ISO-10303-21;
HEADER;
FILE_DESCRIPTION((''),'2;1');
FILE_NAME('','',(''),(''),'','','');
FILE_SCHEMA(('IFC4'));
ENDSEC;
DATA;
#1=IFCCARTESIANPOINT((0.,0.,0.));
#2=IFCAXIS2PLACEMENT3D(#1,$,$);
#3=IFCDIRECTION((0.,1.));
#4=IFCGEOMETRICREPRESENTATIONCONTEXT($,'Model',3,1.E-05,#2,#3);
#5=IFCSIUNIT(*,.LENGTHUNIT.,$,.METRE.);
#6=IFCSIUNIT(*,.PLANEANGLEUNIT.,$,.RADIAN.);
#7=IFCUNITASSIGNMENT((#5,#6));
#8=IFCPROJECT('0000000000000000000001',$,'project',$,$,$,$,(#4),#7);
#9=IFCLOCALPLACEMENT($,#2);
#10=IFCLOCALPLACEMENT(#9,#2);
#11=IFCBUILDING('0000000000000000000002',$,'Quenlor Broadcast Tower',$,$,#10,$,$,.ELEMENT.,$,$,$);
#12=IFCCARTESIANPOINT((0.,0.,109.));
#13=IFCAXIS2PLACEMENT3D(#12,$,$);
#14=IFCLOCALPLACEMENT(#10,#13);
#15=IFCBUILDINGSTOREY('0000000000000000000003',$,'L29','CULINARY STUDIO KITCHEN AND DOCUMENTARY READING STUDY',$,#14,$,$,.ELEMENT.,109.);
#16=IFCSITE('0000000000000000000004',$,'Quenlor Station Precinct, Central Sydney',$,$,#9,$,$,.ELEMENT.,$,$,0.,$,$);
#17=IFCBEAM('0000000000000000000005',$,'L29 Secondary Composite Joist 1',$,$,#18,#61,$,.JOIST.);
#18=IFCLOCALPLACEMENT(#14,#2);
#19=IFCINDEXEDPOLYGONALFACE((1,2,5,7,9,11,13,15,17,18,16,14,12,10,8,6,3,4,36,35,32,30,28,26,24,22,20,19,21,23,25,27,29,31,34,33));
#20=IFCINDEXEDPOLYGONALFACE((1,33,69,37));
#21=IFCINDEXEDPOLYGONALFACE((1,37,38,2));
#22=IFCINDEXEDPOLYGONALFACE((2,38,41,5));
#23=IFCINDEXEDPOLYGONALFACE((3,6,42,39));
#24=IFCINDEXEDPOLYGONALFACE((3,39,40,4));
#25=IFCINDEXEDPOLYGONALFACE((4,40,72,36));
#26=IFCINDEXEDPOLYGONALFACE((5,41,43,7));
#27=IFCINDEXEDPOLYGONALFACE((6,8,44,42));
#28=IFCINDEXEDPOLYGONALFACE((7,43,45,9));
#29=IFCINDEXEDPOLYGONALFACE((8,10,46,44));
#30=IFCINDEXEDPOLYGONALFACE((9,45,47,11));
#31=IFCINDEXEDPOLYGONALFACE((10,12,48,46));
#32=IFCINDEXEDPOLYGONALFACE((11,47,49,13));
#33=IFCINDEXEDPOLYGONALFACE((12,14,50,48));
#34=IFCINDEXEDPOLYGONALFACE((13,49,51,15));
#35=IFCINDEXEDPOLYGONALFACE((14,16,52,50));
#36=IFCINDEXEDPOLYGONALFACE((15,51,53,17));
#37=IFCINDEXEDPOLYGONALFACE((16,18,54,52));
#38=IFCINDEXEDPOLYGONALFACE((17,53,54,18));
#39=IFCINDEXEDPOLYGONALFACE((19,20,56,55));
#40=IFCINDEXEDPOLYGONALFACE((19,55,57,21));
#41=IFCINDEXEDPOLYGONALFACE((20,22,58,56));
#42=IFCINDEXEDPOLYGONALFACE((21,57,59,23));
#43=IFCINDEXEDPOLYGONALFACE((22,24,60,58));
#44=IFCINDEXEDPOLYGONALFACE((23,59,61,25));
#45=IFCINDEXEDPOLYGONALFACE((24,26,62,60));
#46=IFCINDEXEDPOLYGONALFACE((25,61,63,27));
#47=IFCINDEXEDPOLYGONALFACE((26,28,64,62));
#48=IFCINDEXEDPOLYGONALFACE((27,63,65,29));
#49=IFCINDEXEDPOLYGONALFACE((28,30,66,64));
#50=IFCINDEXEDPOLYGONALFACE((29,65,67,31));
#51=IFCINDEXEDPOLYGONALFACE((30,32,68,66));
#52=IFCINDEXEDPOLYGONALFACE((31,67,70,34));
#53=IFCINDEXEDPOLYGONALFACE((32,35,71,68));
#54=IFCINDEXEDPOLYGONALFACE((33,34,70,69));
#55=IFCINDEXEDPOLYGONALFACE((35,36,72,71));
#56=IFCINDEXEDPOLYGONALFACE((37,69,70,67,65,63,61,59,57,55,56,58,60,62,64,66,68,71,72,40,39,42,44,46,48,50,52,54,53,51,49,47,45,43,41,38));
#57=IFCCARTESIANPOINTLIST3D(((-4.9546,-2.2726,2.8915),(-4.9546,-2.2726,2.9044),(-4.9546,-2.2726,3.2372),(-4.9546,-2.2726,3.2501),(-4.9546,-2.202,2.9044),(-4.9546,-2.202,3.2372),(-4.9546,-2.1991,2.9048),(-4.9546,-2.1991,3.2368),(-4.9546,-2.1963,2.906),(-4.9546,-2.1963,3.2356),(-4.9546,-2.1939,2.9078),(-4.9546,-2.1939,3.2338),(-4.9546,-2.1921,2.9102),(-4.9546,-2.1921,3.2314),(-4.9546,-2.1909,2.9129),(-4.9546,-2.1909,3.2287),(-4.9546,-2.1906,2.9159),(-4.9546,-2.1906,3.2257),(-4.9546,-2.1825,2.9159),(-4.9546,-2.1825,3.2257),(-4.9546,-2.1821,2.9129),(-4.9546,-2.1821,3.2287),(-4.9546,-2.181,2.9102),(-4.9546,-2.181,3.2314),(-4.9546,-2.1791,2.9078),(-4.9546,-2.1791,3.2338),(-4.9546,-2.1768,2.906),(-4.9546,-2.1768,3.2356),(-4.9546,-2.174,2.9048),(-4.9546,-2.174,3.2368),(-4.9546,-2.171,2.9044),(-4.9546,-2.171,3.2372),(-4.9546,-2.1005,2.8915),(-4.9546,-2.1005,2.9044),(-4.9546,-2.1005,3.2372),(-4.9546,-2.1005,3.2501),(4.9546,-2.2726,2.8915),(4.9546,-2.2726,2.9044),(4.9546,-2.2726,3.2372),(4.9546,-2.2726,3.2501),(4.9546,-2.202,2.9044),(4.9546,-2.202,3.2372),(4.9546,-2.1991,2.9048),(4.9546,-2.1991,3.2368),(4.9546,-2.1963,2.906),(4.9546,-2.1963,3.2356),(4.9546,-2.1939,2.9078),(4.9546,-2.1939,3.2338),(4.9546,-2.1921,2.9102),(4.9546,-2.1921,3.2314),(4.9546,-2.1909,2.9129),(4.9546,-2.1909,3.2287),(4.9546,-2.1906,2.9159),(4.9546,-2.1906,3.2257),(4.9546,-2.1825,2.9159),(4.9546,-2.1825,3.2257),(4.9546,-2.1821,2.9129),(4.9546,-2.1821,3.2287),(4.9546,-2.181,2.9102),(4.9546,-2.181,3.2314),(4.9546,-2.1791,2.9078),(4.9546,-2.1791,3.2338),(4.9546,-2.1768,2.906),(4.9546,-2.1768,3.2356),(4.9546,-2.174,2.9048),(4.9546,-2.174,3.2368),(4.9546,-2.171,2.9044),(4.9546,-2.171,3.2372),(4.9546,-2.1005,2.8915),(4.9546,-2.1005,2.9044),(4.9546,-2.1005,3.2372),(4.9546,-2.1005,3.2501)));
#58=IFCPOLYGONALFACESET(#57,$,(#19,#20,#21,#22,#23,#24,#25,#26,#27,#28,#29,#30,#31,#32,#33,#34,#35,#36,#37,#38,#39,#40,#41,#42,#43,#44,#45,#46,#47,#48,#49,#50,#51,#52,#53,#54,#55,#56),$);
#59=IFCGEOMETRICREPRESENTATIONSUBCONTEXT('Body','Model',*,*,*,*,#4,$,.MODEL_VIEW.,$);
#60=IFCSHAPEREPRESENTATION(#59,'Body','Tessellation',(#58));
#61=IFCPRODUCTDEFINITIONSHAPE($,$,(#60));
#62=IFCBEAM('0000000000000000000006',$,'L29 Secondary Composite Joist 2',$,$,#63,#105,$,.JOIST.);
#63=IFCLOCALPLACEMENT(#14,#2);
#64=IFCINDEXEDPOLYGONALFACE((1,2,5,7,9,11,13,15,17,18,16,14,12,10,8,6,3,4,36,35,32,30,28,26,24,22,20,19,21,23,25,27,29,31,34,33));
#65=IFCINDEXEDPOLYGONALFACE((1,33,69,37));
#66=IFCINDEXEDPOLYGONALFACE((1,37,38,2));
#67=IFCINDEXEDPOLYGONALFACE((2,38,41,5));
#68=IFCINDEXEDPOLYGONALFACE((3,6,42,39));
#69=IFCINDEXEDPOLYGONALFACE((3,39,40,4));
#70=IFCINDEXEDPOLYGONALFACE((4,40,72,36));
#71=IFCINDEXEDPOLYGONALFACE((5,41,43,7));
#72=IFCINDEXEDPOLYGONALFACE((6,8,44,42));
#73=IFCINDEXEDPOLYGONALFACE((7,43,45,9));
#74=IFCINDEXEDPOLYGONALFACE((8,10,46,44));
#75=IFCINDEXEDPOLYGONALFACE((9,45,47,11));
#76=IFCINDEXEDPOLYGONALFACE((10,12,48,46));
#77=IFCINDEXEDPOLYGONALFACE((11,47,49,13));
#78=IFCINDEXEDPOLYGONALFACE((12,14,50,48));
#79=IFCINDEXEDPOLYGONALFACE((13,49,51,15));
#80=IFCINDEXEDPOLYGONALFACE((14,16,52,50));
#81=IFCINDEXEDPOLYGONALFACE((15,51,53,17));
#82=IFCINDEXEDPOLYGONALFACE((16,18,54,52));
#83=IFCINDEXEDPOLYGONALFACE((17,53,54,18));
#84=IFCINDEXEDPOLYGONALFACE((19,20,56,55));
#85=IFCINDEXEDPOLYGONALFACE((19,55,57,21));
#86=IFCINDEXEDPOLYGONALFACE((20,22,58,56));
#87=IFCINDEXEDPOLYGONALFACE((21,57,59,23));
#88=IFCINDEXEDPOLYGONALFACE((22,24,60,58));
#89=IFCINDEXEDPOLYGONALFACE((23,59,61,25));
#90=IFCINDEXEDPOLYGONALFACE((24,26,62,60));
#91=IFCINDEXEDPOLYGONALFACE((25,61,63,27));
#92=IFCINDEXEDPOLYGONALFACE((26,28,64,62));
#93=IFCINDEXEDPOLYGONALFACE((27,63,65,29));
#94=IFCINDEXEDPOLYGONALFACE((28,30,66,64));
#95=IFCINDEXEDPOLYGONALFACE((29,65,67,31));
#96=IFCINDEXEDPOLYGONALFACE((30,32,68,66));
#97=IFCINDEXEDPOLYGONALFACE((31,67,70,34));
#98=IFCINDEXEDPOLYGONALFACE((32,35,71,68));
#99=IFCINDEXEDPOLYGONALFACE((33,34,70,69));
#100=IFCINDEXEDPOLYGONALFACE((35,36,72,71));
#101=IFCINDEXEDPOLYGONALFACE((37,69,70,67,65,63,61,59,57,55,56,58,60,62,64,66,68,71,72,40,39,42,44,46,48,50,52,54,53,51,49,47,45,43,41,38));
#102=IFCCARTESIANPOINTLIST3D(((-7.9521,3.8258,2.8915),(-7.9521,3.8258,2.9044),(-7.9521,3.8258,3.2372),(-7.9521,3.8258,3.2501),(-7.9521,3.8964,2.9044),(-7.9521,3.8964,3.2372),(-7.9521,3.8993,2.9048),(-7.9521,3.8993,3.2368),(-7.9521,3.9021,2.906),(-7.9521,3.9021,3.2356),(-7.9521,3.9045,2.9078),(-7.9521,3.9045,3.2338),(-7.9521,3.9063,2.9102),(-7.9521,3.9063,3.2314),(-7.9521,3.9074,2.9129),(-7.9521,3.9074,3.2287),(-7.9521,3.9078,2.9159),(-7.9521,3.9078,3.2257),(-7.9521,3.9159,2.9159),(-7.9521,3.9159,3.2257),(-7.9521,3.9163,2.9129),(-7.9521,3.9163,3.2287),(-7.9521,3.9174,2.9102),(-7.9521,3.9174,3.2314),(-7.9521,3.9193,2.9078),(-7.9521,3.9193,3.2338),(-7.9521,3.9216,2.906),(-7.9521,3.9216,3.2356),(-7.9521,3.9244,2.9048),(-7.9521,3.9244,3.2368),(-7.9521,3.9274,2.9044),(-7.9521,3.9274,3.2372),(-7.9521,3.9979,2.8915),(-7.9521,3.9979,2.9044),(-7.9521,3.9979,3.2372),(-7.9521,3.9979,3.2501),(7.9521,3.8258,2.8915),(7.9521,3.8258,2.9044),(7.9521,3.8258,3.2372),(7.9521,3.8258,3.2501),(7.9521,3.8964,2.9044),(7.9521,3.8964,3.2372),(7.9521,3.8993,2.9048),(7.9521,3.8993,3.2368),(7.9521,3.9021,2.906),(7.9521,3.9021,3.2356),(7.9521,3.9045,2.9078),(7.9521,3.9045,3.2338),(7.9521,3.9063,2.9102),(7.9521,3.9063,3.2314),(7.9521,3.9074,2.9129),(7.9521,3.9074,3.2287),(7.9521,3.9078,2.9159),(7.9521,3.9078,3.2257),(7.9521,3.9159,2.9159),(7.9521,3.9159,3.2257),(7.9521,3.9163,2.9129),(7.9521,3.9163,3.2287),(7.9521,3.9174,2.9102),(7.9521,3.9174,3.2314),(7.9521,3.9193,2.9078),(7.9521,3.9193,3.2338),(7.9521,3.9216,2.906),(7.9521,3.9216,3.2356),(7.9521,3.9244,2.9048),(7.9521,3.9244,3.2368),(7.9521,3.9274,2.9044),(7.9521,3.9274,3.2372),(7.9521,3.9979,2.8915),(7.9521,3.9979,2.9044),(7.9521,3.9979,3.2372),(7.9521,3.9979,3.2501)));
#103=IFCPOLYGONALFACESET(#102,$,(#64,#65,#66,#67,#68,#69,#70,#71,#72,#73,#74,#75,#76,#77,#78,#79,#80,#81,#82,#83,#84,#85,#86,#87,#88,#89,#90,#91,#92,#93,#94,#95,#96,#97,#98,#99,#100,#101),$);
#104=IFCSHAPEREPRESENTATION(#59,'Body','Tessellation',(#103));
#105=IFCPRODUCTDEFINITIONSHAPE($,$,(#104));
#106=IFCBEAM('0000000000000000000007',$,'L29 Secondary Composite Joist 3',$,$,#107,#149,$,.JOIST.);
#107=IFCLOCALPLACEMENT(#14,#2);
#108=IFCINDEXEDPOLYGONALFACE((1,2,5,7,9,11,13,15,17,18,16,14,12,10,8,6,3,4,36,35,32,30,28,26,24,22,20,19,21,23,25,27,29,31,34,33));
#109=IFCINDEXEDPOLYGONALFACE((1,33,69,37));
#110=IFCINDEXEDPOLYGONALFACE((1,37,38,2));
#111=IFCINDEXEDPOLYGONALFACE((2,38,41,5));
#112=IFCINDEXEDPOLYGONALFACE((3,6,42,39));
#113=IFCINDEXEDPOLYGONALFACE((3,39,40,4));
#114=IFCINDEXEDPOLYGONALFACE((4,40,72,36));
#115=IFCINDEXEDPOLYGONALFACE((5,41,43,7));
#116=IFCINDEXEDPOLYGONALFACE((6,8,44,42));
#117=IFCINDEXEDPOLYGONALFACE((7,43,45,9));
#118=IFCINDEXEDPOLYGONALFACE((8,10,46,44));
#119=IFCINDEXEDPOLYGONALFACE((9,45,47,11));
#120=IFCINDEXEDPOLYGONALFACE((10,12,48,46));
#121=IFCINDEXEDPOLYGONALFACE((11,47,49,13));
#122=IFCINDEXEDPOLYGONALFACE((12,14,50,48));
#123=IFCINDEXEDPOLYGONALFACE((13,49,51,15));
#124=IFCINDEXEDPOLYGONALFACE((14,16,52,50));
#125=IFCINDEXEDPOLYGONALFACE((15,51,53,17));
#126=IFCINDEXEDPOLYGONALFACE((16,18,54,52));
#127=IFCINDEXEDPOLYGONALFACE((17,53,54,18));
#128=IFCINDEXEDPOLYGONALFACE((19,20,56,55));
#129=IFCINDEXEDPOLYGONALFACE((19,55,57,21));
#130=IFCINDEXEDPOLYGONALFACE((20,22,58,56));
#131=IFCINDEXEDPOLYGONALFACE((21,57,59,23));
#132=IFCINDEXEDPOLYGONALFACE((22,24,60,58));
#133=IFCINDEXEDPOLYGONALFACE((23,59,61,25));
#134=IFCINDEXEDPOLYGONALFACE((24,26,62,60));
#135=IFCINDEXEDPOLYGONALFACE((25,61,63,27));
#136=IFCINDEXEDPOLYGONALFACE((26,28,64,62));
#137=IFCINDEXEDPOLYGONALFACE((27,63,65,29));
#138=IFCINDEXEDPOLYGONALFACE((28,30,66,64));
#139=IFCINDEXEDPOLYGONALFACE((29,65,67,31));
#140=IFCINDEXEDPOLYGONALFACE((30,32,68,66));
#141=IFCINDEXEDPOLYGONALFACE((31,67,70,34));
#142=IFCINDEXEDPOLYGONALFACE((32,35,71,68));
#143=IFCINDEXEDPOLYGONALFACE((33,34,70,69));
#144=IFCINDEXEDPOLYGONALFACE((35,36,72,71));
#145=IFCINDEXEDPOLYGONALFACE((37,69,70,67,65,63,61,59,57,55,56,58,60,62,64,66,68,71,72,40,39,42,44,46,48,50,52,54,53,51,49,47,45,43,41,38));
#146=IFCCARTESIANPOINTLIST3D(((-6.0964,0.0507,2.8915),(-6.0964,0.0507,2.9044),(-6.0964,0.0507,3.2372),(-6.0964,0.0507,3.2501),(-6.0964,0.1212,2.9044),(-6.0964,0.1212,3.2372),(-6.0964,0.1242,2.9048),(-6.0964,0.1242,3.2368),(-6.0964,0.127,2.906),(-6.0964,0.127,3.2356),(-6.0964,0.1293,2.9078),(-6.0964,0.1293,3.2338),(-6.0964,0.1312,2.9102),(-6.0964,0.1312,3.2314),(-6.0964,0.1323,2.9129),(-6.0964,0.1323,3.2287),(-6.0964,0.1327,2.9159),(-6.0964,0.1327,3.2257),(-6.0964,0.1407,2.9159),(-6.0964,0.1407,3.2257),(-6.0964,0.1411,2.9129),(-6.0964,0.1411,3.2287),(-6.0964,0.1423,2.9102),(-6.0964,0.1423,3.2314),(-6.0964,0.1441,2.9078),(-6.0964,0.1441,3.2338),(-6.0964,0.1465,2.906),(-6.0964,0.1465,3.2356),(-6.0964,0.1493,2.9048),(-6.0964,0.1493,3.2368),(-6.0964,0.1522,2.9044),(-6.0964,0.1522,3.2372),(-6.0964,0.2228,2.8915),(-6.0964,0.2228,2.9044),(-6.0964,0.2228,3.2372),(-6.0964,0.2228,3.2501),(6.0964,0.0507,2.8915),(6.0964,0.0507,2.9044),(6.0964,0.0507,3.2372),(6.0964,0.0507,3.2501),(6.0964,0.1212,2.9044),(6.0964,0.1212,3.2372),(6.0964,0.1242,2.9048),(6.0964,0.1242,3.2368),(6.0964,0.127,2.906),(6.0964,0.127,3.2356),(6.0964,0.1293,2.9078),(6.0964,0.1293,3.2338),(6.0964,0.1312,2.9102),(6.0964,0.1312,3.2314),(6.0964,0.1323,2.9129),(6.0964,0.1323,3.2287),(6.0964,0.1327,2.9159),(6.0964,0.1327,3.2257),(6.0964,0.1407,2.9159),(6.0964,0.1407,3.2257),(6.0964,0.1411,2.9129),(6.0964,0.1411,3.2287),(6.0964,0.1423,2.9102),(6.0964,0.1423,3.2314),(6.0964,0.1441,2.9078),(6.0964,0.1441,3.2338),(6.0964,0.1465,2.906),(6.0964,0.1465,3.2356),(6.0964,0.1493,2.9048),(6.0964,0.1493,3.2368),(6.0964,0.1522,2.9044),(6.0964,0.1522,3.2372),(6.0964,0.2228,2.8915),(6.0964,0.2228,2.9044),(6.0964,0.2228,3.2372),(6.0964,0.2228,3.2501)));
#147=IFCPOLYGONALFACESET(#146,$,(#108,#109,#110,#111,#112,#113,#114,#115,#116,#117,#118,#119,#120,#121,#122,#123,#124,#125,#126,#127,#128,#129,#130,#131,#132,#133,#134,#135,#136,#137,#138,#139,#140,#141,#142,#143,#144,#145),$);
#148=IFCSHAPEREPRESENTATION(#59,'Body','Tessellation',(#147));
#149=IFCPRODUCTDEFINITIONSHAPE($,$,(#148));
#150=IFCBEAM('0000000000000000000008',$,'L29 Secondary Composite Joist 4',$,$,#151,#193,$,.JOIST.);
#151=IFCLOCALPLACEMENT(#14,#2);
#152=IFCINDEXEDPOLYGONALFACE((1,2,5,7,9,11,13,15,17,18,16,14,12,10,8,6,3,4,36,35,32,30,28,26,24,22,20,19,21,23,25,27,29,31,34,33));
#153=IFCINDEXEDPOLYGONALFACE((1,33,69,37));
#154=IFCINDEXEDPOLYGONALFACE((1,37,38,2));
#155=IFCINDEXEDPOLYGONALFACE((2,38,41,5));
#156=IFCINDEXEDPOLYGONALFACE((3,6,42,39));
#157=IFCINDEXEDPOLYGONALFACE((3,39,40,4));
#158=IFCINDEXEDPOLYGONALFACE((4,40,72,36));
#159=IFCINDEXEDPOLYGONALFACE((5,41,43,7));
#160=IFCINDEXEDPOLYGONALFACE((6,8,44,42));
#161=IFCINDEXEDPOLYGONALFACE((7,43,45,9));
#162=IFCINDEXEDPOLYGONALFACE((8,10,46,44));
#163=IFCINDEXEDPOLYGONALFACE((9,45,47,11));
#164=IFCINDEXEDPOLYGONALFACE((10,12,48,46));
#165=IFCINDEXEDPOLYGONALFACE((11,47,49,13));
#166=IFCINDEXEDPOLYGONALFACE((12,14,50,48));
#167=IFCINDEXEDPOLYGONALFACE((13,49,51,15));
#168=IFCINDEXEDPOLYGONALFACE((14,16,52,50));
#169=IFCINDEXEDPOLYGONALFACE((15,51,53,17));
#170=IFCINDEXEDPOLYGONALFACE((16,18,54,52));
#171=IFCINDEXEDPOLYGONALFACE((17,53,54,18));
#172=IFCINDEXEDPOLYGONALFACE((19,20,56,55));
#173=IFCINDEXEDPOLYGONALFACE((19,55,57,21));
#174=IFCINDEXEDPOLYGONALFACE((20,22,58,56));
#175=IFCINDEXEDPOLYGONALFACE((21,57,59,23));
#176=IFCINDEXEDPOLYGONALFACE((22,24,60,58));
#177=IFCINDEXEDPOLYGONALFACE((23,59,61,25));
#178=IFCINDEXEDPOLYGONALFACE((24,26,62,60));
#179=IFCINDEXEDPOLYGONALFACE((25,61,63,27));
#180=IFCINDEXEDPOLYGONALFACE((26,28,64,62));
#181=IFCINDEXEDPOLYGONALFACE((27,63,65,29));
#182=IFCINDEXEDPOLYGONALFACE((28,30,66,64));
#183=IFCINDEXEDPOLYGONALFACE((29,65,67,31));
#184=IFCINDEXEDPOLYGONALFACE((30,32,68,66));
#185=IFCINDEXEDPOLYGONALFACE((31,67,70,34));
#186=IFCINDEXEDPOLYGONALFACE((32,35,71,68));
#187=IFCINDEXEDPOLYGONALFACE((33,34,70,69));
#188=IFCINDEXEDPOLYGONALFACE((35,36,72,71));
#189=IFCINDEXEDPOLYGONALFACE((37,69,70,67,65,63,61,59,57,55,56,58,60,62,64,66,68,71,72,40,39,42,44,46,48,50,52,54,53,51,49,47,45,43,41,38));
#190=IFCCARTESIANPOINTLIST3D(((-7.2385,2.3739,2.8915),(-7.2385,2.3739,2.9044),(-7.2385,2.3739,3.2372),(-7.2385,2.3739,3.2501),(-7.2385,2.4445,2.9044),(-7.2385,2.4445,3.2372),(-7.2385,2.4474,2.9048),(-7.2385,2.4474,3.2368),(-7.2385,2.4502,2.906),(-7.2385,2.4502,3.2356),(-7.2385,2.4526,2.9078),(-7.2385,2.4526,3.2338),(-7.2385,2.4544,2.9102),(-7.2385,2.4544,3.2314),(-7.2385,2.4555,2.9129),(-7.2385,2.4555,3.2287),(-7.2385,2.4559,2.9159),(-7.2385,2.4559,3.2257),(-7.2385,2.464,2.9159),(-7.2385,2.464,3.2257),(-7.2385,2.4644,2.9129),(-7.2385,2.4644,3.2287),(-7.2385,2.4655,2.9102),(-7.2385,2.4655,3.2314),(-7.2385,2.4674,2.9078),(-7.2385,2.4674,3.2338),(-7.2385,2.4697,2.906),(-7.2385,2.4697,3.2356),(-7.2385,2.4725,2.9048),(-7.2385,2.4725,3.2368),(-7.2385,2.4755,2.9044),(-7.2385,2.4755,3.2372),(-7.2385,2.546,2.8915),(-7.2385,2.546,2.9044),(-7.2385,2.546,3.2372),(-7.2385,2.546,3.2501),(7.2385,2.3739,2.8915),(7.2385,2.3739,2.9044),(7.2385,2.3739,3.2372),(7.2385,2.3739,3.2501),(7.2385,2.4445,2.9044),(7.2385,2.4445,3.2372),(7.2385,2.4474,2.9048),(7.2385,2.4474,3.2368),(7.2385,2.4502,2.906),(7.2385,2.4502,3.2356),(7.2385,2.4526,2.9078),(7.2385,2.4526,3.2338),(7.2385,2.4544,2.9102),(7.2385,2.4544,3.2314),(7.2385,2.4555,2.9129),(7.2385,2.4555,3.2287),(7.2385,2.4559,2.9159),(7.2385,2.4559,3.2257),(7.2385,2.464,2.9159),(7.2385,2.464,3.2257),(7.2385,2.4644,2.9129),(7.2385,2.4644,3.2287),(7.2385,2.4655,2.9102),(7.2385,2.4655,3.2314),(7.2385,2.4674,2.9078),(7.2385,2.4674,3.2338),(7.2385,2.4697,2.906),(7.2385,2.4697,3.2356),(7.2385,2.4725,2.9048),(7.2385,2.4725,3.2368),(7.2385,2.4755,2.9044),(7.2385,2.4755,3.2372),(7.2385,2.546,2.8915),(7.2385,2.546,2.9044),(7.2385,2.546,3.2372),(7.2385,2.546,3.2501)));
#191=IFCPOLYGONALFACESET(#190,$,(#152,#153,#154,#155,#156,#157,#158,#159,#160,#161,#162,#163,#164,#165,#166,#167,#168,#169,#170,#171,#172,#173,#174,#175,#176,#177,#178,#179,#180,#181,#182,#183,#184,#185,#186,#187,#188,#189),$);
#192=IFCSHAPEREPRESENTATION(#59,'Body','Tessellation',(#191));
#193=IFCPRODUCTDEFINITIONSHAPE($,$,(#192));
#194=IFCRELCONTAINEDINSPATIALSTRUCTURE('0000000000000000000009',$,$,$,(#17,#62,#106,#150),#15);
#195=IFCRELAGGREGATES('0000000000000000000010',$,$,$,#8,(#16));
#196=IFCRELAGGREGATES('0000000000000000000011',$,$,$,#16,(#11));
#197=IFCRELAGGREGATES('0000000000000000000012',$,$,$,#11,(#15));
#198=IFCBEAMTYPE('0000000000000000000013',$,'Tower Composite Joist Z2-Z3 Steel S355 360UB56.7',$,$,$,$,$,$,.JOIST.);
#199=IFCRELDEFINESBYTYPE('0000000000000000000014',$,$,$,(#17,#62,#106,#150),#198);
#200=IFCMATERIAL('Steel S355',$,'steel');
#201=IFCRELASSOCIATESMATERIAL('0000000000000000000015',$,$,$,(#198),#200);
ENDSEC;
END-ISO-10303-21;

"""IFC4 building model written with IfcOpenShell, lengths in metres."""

from ifc_helpers import new_model, si_unit, direction, frame, origin, origin_2d, place, context, subcontext, project, spatial, i_section, extrude, material, material_profile, profile_set, type_object, element, save


model = new_model("IFC4")

# Units and contexts
model_context = context("Model", 3, precision=1e-05, world=origin(), true_north=direction((0.0, 1.0)))
body_context = subcontext(model_context, "Body", "Model", "MODEL_VIEW")
ifc_project = project(units=[si_unit("LENGTHUNIT", "METRE"), si_unit("PLANEANGLEUNIT", "RADIAN")], contexts=[model_context])

# Site, building, storey
site_placement = place(None, origin())
site = spatial("IfcSite", under=ifc_project, at=site_placement, Name="Quenlor Station Precinct, Central Sydney", CompositionType="ELEMENT", RefElevation=0.0)
building_placement = place(site_placement, origin())
building = spatial("IfcBuilding", under=site, at=building_placement, Name="Quenlor Broadcast Tower", CompositionType="ELEMENT")
storey_placement = place(building_placement, frame((0.0, 0.0, 109.0)))
storey = spatial("IfcBuildingStorey", under=building, at=storey_placement, Name="L29", Description="CULINARY STUDIO KITCHEN AND DOCUMENTARY READING STUDY", CompositionType="ELEMENT", Elevation=109.0)

# Beams
ifc_material_1 = material(Name="Steel S355", Category="steel")
ifc_material_profile_1 = material_profile(ifc_material_1, i_section(OverallWidth=0.1721, OverallDepth=0.3586, WebThickness=0.0081, FlangeThickness=0.0129, FilletRadius=0.0115, at=origin_2d()))
ifc_profile_set_1 = profile_set([ifc_material_profile_1], Name="Steel S355 360UB56.7")
beam_type_1 = type_object("IfcBeamType", Name="Tower Composite Joist Z2-Z3 Steel S355 360UB56.7", PredefinedType="JOIST", material=ifc_profile_set_1)
beam_1_placement = place(storey_placement, frame((-4.9546, -2.1865, 3.0708), z_axis=(1.0, 0.0, 0.0), x_axis=(0.0, 1.0, 0.0)))
element("IfcBeam", 1, at=beam_1_placement, inside=storey, type_object=beam_type_1, Name="L29 Secondary Composite Joist 1", PredefinedType="JOIST", context=body_context, shape_type="SweptSolid", body=[
    extrude(i_section(OverallWidth=0.1721, OverallDepth=0.3586, WebThickness=0.0081, FlangeThickness=0.0129, FilletRadius=0.0115, at=origin_2d()), origin(), (0.0, 0.0, 1.0), 9.9092),
])
beam_2_placement = place(storey_placement, frame((-7.9521, 3.9119, 3.0708), z_axis=(1.0, 0.0, 0.0), x_axis=(0.0, 1.0, 0.0)))
element("IfcBeam", 2, at=beam_2_placement, inside=storey, type_object=beam_type_1, Name="L29 Secondary Composite Joist 2", PredefinedType="JOIST", context=body_context, shape_type="SweptSolid", body=[
    extrude(i_section(OverallWidth=0.1721, OverallDepth=0.3586, WebThickness=0.0081, FlangeThickness=0.0129, FilletRadius=0.0115, at=origin_2d()), origin(), (0.0, 0.0, 1.0), 15.9043),
])
beam_3_placement = place(storey_placement, frame((-6.0964, 0.1367, 3.0708), z_axis=(1.0, 0.0, 0.0), x_axis=(0.0, 1.0, 0.0)))
element("IfcBeam", 3, at=beam_3_placement, inside=storey, type_object=beam_type_1, Name="L29 Secondary Composite Joist 3", PredefinedType="JOIST", context=body_context, shape_type="SweptSolid", body=[
    extrude(i_section(OverallWidth=0.1721, OverallDepth=0.3586, WebThickness=0.0081, FlangeThickness=0.0129, FilletRadius=0.0115, at=origin_2d()), origin(), (0.0, 0.0, 1.0), 12.1929),
])
beam_4_placement = place(storey_placement, frame((-7.2385, 2.46, 3.0708), z_axis=(1.0, 0.0, 0.0), x_axis=(0.0, 1.0, 0.0)))
element("IfcBeam", 4, at=beam_4_placement, inside=storey, type_object=beam_type_1, Name="L29 Secondary Composite Joist 4", PredefinedType="JOIST", context=body_context, shape_type="SweptSolid", body=[
    extrude(i_section(OverallWidth=0.1721, OverallDepth=0.3586, WebThickness=0.0081, FlangeThickness=0.0129, FilletRadius=0.0115, at=origin_2d()), origin(), (0.0, 0.0, 1.0), 14.4771),
])

save(model, "model.ifc")
